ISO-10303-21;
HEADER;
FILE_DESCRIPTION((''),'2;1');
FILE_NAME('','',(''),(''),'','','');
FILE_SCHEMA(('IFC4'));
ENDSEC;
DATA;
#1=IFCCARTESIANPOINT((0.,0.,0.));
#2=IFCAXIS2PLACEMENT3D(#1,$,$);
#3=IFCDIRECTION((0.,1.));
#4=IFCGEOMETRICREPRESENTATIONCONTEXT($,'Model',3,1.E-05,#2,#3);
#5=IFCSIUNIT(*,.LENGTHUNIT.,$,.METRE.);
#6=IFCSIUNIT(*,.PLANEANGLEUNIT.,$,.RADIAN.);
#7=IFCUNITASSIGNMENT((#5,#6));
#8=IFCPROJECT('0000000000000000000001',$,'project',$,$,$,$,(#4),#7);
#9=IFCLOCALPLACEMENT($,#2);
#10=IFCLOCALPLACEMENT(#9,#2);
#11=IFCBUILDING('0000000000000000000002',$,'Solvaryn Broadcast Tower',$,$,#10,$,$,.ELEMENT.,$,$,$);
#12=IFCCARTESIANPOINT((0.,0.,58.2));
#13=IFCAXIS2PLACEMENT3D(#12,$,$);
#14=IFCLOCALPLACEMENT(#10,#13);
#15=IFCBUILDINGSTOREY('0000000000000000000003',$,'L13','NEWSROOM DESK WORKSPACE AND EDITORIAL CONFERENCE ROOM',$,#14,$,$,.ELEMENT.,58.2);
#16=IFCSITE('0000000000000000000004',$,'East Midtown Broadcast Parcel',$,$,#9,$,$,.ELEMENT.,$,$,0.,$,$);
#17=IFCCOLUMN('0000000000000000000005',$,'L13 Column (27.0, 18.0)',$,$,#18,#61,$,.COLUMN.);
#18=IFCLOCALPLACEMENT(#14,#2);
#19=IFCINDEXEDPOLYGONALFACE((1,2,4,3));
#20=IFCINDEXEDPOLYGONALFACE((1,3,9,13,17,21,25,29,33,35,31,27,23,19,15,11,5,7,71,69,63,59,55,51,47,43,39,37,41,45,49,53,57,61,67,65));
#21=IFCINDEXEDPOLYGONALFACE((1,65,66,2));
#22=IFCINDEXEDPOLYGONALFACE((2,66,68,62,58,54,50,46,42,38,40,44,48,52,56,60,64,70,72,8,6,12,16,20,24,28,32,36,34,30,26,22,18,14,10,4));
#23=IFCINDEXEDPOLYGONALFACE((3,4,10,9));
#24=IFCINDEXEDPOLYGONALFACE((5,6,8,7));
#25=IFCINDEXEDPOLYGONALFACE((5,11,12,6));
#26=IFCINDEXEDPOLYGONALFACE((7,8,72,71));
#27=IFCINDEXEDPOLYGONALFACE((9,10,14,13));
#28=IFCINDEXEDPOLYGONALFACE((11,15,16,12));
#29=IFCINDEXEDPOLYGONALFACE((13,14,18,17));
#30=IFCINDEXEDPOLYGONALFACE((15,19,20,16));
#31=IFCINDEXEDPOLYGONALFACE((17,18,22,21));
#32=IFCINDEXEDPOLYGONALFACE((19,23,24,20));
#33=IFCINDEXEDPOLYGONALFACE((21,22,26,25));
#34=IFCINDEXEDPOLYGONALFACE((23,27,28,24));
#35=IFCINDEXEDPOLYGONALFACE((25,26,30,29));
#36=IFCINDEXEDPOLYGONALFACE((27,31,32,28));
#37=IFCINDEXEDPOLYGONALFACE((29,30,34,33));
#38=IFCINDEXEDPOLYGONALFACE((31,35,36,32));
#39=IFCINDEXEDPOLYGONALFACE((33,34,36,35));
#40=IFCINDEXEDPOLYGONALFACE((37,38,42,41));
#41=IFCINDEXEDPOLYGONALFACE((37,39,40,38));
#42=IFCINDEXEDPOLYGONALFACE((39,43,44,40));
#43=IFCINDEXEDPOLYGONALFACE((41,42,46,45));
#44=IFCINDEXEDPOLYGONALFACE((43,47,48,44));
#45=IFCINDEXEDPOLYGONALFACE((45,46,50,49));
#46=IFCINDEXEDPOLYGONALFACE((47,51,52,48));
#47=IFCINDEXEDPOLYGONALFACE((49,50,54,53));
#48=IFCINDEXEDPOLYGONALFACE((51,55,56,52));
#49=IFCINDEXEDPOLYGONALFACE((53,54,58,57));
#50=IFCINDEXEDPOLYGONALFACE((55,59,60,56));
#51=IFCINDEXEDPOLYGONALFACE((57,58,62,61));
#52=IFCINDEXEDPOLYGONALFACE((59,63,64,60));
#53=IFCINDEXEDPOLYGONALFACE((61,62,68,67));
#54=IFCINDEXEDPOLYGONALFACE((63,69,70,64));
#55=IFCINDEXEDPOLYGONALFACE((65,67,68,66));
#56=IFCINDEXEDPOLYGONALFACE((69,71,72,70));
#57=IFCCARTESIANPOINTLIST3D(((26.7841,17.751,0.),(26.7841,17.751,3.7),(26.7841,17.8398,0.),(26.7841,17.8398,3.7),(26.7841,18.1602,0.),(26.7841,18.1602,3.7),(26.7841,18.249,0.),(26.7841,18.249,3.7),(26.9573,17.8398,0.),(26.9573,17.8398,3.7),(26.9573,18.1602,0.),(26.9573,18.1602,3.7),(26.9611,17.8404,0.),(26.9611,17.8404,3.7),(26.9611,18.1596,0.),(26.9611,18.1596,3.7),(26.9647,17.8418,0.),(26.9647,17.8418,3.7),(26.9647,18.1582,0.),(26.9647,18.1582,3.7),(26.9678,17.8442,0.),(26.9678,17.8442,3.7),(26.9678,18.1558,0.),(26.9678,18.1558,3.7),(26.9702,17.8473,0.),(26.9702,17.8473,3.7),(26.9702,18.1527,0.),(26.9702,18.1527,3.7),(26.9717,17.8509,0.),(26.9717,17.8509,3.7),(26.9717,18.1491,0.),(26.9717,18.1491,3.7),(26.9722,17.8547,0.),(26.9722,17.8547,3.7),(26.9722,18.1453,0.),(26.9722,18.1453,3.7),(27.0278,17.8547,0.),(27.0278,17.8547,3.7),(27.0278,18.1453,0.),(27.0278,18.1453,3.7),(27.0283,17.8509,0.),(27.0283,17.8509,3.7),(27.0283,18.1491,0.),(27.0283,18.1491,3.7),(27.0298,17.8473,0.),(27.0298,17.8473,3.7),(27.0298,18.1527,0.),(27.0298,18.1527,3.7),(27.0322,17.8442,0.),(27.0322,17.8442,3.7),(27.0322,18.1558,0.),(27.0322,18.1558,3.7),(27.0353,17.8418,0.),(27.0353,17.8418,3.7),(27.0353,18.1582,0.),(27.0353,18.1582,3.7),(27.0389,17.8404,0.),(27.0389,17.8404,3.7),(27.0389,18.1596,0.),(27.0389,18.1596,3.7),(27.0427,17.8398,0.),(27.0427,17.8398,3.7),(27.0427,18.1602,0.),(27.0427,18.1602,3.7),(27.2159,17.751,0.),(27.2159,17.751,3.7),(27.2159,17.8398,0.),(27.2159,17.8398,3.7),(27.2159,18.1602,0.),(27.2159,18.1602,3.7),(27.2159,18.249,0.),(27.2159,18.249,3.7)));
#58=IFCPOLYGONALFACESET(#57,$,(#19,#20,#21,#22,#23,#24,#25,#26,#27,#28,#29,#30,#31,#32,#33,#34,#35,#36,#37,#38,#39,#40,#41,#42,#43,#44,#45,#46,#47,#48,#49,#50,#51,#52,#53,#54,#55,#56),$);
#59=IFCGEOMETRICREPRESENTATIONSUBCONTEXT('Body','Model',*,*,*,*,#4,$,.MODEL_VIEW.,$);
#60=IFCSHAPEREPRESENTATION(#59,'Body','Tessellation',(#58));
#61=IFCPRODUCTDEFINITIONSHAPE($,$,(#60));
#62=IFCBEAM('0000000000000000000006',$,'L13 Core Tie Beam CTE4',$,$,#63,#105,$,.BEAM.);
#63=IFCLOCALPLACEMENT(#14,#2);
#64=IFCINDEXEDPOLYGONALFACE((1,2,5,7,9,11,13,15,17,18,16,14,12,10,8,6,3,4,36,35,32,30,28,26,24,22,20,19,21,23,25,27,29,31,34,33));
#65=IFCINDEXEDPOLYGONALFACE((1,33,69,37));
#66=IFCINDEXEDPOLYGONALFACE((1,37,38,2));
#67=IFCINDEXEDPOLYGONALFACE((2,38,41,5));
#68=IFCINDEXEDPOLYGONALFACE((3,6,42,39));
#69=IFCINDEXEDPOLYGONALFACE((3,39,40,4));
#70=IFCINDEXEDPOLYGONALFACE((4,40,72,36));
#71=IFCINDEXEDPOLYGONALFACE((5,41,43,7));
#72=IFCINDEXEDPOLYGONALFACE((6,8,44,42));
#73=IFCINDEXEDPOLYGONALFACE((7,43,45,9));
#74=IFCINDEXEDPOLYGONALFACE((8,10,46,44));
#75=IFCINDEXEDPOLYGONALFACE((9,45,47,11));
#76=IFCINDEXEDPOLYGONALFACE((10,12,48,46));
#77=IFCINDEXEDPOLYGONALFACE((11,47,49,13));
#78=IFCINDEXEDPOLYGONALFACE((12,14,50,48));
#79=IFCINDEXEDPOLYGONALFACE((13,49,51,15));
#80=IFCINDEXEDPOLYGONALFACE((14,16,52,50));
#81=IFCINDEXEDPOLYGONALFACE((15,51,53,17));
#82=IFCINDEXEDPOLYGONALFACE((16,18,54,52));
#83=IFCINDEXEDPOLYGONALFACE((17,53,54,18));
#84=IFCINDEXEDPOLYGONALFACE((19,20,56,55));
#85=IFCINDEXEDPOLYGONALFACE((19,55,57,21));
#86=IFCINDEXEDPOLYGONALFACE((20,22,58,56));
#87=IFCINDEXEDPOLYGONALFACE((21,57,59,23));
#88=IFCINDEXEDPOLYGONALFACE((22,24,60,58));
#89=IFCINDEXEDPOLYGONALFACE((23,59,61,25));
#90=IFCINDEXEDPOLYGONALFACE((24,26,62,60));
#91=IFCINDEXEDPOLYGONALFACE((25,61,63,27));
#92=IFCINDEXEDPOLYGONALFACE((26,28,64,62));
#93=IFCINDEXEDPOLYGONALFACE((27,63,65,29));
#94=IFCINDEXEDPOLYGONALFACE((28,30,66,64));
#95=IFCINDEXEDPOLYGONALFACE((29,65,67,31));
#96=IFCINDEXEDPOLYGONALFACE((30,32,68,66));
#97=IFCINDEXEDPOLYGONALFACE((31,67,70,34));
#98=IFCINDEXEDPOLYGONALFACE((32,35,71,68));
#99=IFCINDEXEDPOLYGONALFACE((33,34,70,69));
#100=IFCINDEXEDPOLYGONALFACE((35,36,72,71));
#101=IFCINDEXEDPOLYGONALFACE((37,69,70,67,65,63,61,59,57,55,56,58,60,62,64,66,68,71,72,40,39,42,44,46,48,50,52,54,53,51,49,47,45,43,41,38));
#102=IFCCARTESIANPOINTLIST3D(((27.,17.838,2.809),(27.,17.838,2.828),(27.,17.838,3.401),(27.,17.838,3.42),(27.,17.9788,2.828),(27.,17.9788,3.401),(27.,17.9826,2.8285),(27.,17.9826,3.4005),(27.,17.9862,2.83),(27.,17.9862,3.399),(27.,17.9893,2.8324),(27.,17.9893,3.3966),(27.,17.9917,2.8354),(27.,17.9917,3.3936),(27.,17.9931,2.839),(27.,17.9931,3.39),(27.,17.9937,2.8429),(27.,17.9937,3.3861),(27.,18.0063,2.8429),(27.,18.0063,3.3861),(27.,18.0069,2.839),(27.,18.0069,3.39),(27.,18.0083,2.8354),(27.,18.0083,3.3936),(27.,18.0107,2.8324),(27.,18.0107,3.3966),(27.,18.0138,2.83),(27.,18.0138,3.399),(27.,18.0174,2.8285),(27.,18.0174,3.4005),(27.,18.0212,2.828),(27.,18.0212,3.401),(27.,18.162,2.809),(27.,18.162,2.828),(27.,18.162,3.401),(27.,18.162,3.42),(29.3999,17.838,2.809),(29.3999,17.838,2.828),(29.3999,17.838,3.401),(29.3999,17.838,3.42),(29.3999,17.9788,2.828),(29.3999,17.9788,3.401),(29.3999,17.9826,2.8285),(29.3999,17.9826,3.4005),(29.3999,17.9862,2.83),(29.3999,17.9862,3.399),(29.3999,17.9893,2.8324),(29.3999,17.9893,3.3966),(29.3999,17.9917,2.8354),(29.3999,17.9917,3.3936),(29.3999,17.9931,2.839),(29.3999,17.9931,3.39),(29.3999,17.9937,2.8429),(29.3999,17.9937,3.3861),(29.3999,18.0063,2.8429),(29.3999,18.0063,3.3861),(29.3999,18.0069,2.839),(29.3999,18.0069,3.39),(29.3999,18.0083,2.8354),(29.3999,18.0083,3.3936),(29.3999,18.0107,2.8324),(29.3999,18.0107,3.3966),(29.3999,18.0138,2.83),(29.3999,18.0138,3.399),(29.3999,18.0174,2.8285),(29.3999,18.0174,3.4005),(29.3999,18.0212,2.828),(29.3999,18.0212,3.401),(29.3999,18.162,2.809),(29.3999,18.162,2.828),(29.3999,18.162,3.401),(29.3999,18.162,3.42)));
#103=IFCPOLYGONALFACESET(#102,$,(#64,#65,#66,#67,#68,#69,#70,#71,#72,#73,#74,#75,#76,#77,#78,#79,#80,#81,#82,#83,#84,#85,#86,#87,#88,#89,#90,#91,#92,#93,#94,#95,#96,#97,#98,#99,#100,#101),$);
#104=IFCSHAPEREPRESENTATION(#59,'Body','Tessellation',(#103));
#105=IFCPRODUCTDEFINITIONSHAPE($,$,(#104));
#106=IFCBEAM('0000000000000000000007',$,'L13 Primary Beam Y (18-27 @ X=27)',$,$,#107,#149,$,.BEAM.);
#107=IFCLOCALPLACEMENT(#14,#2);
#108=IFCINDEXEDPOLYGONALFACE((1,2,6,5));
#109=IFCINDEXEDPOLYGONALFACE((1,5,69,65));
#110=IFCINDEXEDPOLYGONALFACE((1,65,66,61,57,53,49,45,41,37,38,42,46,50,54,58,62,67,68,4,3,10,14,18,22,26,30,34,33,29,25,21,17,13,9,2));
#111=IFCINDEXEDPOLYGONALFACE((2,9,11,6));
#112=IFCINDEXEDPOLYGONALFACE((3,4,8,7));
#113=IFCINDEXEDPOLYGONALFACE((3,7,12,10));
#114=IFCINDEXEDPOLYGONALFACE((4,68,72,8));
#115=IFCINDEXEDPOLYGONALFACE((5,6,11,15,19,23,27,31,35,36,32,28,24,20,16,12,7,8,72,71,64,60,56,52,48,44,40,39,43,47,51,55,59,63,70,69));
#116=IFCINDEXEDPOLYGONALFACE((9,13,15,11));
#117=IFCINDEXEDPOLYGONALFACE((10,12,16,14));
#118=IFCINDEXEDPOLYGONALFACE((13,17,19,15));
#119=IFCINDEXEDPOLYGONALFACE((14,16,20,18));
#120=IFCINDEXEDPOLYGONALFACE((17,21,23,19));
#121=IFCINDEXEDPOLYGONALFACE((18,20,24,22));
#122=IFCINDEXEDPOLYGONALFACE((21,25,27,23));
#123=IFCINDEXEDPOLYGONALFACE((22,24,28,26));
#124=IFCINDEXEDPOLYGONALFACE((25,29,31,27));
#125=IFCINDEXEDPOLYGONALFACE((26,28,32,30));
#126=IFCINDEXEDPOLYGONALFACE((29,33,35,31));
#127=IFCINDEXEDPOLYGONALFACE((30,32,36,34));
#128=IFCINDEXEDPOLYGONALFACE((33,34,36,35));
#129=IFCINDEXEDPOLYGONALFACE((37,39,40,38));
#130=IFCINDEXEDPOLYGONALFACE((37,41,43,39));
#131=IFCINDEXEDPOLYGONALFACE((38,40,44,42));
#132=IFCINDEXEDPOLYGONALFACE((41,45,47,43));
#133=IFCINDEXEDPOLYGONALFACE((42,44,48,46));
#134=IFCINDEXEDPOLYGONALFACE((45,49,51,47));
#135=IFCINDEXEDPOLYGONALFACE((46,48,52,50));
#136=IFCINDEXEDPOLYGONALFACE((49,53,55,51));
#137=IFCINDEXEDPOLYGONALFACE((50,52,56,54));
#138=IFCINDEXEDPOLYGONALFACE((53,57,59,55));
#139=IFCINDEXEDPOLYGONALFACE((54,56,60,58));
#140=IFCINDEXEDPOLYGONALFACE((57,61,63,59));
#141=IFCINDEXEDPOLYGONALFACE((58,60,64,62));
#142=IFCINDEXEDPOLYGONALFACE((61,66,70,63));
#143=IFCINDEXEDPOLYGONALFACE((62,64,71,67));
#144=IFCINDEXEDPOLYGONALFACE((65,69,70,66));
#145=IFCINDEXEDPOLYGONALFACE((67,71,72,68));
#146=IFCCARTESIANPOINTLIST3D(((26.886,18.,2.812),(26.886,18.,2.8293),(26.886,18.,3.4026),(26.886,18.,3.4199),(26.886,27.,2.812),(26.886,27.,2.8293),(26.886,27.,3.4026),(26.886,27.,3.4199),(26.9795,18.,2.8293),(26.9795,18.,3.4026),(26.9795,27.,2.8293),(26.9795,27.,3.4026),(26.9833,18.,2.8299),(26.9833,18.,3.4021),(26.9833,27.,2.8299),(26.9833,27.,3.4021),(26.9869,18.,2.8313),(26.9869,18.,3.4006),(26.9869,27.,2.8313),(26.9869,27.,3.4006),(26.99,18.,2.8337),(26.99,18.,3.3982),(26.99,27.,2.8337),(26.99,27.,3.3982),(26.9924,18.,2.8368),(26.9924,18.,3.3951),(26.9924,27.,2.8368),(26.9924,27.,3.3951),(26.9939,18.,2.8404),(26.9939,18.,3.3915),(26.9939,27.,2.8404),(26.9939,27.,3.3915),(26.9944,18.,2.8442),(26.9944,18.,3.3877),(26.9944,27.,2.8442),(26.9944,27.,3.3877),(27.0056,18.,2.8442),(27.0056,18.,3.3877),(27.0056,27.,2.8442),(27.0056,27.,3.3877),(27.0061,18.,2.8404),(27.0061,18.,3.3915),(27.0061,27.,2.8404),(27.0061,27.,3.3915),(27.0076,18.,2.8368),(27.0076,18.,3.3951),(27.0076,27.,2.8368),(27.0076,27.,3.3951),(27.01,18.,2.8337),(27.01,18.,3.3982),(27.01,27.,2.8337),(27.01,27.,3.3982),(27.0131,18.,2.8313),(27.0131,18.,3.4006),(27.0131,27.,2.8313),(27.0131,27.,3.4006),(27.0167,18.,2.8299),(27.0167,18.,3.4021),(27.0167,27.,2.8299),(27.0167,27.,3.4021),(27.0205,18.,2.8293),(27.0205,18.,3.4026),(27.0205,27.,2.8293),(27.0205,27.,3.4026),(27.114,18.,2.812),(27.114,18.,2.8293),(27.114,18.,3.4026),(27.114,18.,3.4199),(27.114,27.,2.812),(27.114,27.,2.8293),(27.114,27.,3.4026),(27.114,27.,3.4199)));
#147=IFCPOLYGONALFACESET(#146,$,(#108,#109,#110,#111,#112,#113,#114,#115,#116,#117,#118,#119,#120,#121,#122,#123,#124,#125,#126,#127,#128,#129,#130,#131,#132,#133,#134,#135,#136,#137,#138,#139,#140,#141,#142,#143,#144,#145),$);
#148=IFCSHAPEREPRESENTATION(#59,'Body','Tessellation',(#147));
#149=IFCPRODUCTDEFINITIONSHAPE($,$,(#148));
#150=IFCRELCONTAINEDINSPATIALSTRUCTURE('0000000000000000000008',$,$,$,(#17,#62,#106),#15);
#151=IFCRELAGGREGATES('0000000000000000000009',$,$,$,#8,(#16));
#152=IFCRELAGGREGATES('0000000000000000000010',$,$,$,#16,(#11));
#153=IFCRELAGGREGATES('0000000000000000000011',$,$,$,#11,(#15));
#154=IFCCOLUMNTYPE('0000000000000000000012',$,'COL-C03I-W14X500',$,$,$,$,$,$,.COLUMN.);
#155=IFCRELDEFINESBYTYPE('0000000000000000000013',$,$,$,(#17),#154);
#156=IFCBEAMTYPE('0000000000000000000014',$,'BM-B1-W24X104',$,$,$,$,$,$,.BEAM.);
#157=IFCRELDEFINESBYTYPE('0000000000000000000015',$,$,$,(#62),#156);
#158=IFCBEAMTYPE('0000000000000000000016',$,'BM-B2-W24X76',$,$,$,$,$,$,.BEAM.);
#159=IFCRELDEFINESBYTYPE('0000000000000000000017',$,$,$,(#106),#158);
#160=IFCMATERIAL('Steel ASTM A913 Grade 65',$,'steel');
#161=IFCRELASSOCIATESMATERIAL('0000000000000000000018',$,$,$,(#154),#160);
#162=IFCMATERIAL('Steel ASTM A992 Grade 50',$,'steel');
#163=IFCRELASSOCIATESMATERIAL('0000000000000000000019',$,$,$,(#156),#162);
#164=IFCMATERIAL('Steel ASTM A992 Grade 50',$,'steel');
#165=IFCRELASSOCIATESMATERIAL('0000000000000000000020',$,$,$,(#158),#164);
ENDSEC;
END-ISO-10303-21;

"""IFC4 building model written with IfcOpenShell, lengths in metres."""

from ifc_helpers import new_model, si_unit, direction, frame, origin, origin_2d, place, context, subcontext, project, spatial, i_section, extrude, material, material_profile, profile_set, type_object, element, save


model = new_model("IFC4")

# Units and contexts
model_context = context("Model", 3, precision=1e-05, world=origin(), true_north=direction((0.0, 1.0)))
body_context = subcontext(model_context, "Body", "Model", "MODEL_VIEW")
ifc_project = project(units=[si_unit("LENGTHUNIT", "METRE"), si_unit("PLANEANGLEUNIT", "RADIAN")], contexts=[model_context])

# Site, building, storey
site_placement = place(None, origin())
site = spatial("IfcSite", under=ifc_project, at=site_placement, Name="East Midtown Broadcast Parcel", CompositionType="ELEMENT", RefElevation=0.0)
building_placement = place(site_placement, origin())
building = spatial("IfcBuilding", under=site, at=building_placement, Name="Solvaryn Broadcast Tower", CompositionType="ELEMENT")
storey_placement = place(building_placement, frame((0.0, 0.0, 58.2)))
storey = spatial("IfcBuildingStorey", under=building, at=storey_placement, Name="L13", Description="NEWSROOM DESK WORKSPACE AND EDITORIAL CONFERENCE ROOM", CompositionType="ELEMENT", Elevation=58.2)

# Column
ifc_material_1 = material(Name="Steel ASTM A913 Grade 65", Category="steel")
ifc_material_profile_1 = material_profile(ifc_material_1, i_section(OverallWidth=0.4319, OverallDepth=0.498, WebThickness=0.0557, FlangeThickness=0.0889, FilletRadius=0.0149, at=origin_2d()))
ifc_profile_set_1 = profile_set([ifc_material_profile_1], Name="Steel ASTM A913 Grade 65")
column_type = type_object("IfcColumnType", Name="COL-C03I-W14X500", PredefinedType="COLUMN", material=ifc_profile_set_1)
column_placement = place(storey_placement, frame((27.0, 18.0, 0.0), z_axis=(0.0, 0.0, 1.0), x_axis=(1.0, 0.0, 0.0)))
element("IfcColumn", 1, at=column_placement, inside=storey, type_object=column_type, Name="L13 Column (27.0, 18.0)", PredefinedType="COLUMN", context=body_context, shape_type="SweptSolid", body=[
    extrude(i_section(OverallWidth=0.4319, OverallDepth=0.498, WebThickness=0.0557, FlangeThickness=0.0889, FilletRadius=0.0149, at=origin_2d()), origin(), (0.0, 0.0, 1.0), 3.7),
])

# Beams
ifc_material_2 = material(Name="Steel ASTM A992 Grade 50", Category="steel")
ifc_material_profile_2 = material_profile(ifc_material_2, i_section(OverallWidth=0.324, OverallDepth=0.6111, WebThickness=0.0127, FlangeThickness=0.019, FilletRadius=0.0149, at=origin_2d()))
ifc_profile_set_2 = profile_set([ifc_material_profile_2], Name="Steel ASTM A992 Grade 50")
beam_type_1 = type_object("IfcBeamType", Name="BM-B1-W24X104", PredefinedType="BEAM", material=ifc_profile_set_2)
beam_1_placement = place(storey_placement, frame((27.0, 18.0, 3.1145), z_axis=(1.0, 0.0, 0.0), x_axis=(0.0, 1.0, 0.0)))
element("IfcBeam", 2, at=beam_1_placement, inside=storey, type_object=beam_type_1, Name="L13 Core Tie Beam CTE4", PredefinedType="BEAM", context=body_context, shape_type="SweptSolid", body=[
    extrude(i_section(OverallWidth=0.324, OverallDepth=0.6111, WebThickness=0.0127, FlangeThickness=0.019, FilletRadius=0.0149, at=origin_2d()), origin(), (0.0, 0.0, 1.0), 2.3999),
])
ifc_material_3 = material(Name="Steel ASTM A992 Grade 50", Category="steel")
ifc_material_profile_3 = material_profile(ifc_material_3, i_section(OverallWidth=0.228, OverallDepth=0.6079, WebThickness=0.0112, FlangeThickness=0.0173, FilletRadius=0.0149, at=origin_2d()))
ifc_profile_set_3 = profile_set([ifc_material_profile_3], Name="Steel ASTM A992 Grade 50")
beam_type_2 = type_object("IfcBeamType", Name="BM-B2-W24X76", PredefinedType="BEAM", material=ifc_profile_set_3)
beam_2_placement = place(storey_placement, frame((27.0, 18.0, 3.116), z_axis=(0.0, 1.0, 0.0), x_axis=(-1.0, 0.0, 0.0)))
element("IfcBeam", 3, at=beam_2_placement, inside=storey, type_object=beam_type_2, Name="L13 Primary Beam Y (18-27 @ X=27)", PredefinedType="BEAM", context=body_context, shape_type="SweptSolid", body=[
    extrude(i_section(OverallWidth=0.228, OverallDepth=0.6079, WebThickness=0.0112, FlangeThickness=0.0173, FilletRadius=0.0149, at=origin_2d()), origin(), (0.0, 0.0, 1.0), 9.0),
])

save(model, "model.ifc")
